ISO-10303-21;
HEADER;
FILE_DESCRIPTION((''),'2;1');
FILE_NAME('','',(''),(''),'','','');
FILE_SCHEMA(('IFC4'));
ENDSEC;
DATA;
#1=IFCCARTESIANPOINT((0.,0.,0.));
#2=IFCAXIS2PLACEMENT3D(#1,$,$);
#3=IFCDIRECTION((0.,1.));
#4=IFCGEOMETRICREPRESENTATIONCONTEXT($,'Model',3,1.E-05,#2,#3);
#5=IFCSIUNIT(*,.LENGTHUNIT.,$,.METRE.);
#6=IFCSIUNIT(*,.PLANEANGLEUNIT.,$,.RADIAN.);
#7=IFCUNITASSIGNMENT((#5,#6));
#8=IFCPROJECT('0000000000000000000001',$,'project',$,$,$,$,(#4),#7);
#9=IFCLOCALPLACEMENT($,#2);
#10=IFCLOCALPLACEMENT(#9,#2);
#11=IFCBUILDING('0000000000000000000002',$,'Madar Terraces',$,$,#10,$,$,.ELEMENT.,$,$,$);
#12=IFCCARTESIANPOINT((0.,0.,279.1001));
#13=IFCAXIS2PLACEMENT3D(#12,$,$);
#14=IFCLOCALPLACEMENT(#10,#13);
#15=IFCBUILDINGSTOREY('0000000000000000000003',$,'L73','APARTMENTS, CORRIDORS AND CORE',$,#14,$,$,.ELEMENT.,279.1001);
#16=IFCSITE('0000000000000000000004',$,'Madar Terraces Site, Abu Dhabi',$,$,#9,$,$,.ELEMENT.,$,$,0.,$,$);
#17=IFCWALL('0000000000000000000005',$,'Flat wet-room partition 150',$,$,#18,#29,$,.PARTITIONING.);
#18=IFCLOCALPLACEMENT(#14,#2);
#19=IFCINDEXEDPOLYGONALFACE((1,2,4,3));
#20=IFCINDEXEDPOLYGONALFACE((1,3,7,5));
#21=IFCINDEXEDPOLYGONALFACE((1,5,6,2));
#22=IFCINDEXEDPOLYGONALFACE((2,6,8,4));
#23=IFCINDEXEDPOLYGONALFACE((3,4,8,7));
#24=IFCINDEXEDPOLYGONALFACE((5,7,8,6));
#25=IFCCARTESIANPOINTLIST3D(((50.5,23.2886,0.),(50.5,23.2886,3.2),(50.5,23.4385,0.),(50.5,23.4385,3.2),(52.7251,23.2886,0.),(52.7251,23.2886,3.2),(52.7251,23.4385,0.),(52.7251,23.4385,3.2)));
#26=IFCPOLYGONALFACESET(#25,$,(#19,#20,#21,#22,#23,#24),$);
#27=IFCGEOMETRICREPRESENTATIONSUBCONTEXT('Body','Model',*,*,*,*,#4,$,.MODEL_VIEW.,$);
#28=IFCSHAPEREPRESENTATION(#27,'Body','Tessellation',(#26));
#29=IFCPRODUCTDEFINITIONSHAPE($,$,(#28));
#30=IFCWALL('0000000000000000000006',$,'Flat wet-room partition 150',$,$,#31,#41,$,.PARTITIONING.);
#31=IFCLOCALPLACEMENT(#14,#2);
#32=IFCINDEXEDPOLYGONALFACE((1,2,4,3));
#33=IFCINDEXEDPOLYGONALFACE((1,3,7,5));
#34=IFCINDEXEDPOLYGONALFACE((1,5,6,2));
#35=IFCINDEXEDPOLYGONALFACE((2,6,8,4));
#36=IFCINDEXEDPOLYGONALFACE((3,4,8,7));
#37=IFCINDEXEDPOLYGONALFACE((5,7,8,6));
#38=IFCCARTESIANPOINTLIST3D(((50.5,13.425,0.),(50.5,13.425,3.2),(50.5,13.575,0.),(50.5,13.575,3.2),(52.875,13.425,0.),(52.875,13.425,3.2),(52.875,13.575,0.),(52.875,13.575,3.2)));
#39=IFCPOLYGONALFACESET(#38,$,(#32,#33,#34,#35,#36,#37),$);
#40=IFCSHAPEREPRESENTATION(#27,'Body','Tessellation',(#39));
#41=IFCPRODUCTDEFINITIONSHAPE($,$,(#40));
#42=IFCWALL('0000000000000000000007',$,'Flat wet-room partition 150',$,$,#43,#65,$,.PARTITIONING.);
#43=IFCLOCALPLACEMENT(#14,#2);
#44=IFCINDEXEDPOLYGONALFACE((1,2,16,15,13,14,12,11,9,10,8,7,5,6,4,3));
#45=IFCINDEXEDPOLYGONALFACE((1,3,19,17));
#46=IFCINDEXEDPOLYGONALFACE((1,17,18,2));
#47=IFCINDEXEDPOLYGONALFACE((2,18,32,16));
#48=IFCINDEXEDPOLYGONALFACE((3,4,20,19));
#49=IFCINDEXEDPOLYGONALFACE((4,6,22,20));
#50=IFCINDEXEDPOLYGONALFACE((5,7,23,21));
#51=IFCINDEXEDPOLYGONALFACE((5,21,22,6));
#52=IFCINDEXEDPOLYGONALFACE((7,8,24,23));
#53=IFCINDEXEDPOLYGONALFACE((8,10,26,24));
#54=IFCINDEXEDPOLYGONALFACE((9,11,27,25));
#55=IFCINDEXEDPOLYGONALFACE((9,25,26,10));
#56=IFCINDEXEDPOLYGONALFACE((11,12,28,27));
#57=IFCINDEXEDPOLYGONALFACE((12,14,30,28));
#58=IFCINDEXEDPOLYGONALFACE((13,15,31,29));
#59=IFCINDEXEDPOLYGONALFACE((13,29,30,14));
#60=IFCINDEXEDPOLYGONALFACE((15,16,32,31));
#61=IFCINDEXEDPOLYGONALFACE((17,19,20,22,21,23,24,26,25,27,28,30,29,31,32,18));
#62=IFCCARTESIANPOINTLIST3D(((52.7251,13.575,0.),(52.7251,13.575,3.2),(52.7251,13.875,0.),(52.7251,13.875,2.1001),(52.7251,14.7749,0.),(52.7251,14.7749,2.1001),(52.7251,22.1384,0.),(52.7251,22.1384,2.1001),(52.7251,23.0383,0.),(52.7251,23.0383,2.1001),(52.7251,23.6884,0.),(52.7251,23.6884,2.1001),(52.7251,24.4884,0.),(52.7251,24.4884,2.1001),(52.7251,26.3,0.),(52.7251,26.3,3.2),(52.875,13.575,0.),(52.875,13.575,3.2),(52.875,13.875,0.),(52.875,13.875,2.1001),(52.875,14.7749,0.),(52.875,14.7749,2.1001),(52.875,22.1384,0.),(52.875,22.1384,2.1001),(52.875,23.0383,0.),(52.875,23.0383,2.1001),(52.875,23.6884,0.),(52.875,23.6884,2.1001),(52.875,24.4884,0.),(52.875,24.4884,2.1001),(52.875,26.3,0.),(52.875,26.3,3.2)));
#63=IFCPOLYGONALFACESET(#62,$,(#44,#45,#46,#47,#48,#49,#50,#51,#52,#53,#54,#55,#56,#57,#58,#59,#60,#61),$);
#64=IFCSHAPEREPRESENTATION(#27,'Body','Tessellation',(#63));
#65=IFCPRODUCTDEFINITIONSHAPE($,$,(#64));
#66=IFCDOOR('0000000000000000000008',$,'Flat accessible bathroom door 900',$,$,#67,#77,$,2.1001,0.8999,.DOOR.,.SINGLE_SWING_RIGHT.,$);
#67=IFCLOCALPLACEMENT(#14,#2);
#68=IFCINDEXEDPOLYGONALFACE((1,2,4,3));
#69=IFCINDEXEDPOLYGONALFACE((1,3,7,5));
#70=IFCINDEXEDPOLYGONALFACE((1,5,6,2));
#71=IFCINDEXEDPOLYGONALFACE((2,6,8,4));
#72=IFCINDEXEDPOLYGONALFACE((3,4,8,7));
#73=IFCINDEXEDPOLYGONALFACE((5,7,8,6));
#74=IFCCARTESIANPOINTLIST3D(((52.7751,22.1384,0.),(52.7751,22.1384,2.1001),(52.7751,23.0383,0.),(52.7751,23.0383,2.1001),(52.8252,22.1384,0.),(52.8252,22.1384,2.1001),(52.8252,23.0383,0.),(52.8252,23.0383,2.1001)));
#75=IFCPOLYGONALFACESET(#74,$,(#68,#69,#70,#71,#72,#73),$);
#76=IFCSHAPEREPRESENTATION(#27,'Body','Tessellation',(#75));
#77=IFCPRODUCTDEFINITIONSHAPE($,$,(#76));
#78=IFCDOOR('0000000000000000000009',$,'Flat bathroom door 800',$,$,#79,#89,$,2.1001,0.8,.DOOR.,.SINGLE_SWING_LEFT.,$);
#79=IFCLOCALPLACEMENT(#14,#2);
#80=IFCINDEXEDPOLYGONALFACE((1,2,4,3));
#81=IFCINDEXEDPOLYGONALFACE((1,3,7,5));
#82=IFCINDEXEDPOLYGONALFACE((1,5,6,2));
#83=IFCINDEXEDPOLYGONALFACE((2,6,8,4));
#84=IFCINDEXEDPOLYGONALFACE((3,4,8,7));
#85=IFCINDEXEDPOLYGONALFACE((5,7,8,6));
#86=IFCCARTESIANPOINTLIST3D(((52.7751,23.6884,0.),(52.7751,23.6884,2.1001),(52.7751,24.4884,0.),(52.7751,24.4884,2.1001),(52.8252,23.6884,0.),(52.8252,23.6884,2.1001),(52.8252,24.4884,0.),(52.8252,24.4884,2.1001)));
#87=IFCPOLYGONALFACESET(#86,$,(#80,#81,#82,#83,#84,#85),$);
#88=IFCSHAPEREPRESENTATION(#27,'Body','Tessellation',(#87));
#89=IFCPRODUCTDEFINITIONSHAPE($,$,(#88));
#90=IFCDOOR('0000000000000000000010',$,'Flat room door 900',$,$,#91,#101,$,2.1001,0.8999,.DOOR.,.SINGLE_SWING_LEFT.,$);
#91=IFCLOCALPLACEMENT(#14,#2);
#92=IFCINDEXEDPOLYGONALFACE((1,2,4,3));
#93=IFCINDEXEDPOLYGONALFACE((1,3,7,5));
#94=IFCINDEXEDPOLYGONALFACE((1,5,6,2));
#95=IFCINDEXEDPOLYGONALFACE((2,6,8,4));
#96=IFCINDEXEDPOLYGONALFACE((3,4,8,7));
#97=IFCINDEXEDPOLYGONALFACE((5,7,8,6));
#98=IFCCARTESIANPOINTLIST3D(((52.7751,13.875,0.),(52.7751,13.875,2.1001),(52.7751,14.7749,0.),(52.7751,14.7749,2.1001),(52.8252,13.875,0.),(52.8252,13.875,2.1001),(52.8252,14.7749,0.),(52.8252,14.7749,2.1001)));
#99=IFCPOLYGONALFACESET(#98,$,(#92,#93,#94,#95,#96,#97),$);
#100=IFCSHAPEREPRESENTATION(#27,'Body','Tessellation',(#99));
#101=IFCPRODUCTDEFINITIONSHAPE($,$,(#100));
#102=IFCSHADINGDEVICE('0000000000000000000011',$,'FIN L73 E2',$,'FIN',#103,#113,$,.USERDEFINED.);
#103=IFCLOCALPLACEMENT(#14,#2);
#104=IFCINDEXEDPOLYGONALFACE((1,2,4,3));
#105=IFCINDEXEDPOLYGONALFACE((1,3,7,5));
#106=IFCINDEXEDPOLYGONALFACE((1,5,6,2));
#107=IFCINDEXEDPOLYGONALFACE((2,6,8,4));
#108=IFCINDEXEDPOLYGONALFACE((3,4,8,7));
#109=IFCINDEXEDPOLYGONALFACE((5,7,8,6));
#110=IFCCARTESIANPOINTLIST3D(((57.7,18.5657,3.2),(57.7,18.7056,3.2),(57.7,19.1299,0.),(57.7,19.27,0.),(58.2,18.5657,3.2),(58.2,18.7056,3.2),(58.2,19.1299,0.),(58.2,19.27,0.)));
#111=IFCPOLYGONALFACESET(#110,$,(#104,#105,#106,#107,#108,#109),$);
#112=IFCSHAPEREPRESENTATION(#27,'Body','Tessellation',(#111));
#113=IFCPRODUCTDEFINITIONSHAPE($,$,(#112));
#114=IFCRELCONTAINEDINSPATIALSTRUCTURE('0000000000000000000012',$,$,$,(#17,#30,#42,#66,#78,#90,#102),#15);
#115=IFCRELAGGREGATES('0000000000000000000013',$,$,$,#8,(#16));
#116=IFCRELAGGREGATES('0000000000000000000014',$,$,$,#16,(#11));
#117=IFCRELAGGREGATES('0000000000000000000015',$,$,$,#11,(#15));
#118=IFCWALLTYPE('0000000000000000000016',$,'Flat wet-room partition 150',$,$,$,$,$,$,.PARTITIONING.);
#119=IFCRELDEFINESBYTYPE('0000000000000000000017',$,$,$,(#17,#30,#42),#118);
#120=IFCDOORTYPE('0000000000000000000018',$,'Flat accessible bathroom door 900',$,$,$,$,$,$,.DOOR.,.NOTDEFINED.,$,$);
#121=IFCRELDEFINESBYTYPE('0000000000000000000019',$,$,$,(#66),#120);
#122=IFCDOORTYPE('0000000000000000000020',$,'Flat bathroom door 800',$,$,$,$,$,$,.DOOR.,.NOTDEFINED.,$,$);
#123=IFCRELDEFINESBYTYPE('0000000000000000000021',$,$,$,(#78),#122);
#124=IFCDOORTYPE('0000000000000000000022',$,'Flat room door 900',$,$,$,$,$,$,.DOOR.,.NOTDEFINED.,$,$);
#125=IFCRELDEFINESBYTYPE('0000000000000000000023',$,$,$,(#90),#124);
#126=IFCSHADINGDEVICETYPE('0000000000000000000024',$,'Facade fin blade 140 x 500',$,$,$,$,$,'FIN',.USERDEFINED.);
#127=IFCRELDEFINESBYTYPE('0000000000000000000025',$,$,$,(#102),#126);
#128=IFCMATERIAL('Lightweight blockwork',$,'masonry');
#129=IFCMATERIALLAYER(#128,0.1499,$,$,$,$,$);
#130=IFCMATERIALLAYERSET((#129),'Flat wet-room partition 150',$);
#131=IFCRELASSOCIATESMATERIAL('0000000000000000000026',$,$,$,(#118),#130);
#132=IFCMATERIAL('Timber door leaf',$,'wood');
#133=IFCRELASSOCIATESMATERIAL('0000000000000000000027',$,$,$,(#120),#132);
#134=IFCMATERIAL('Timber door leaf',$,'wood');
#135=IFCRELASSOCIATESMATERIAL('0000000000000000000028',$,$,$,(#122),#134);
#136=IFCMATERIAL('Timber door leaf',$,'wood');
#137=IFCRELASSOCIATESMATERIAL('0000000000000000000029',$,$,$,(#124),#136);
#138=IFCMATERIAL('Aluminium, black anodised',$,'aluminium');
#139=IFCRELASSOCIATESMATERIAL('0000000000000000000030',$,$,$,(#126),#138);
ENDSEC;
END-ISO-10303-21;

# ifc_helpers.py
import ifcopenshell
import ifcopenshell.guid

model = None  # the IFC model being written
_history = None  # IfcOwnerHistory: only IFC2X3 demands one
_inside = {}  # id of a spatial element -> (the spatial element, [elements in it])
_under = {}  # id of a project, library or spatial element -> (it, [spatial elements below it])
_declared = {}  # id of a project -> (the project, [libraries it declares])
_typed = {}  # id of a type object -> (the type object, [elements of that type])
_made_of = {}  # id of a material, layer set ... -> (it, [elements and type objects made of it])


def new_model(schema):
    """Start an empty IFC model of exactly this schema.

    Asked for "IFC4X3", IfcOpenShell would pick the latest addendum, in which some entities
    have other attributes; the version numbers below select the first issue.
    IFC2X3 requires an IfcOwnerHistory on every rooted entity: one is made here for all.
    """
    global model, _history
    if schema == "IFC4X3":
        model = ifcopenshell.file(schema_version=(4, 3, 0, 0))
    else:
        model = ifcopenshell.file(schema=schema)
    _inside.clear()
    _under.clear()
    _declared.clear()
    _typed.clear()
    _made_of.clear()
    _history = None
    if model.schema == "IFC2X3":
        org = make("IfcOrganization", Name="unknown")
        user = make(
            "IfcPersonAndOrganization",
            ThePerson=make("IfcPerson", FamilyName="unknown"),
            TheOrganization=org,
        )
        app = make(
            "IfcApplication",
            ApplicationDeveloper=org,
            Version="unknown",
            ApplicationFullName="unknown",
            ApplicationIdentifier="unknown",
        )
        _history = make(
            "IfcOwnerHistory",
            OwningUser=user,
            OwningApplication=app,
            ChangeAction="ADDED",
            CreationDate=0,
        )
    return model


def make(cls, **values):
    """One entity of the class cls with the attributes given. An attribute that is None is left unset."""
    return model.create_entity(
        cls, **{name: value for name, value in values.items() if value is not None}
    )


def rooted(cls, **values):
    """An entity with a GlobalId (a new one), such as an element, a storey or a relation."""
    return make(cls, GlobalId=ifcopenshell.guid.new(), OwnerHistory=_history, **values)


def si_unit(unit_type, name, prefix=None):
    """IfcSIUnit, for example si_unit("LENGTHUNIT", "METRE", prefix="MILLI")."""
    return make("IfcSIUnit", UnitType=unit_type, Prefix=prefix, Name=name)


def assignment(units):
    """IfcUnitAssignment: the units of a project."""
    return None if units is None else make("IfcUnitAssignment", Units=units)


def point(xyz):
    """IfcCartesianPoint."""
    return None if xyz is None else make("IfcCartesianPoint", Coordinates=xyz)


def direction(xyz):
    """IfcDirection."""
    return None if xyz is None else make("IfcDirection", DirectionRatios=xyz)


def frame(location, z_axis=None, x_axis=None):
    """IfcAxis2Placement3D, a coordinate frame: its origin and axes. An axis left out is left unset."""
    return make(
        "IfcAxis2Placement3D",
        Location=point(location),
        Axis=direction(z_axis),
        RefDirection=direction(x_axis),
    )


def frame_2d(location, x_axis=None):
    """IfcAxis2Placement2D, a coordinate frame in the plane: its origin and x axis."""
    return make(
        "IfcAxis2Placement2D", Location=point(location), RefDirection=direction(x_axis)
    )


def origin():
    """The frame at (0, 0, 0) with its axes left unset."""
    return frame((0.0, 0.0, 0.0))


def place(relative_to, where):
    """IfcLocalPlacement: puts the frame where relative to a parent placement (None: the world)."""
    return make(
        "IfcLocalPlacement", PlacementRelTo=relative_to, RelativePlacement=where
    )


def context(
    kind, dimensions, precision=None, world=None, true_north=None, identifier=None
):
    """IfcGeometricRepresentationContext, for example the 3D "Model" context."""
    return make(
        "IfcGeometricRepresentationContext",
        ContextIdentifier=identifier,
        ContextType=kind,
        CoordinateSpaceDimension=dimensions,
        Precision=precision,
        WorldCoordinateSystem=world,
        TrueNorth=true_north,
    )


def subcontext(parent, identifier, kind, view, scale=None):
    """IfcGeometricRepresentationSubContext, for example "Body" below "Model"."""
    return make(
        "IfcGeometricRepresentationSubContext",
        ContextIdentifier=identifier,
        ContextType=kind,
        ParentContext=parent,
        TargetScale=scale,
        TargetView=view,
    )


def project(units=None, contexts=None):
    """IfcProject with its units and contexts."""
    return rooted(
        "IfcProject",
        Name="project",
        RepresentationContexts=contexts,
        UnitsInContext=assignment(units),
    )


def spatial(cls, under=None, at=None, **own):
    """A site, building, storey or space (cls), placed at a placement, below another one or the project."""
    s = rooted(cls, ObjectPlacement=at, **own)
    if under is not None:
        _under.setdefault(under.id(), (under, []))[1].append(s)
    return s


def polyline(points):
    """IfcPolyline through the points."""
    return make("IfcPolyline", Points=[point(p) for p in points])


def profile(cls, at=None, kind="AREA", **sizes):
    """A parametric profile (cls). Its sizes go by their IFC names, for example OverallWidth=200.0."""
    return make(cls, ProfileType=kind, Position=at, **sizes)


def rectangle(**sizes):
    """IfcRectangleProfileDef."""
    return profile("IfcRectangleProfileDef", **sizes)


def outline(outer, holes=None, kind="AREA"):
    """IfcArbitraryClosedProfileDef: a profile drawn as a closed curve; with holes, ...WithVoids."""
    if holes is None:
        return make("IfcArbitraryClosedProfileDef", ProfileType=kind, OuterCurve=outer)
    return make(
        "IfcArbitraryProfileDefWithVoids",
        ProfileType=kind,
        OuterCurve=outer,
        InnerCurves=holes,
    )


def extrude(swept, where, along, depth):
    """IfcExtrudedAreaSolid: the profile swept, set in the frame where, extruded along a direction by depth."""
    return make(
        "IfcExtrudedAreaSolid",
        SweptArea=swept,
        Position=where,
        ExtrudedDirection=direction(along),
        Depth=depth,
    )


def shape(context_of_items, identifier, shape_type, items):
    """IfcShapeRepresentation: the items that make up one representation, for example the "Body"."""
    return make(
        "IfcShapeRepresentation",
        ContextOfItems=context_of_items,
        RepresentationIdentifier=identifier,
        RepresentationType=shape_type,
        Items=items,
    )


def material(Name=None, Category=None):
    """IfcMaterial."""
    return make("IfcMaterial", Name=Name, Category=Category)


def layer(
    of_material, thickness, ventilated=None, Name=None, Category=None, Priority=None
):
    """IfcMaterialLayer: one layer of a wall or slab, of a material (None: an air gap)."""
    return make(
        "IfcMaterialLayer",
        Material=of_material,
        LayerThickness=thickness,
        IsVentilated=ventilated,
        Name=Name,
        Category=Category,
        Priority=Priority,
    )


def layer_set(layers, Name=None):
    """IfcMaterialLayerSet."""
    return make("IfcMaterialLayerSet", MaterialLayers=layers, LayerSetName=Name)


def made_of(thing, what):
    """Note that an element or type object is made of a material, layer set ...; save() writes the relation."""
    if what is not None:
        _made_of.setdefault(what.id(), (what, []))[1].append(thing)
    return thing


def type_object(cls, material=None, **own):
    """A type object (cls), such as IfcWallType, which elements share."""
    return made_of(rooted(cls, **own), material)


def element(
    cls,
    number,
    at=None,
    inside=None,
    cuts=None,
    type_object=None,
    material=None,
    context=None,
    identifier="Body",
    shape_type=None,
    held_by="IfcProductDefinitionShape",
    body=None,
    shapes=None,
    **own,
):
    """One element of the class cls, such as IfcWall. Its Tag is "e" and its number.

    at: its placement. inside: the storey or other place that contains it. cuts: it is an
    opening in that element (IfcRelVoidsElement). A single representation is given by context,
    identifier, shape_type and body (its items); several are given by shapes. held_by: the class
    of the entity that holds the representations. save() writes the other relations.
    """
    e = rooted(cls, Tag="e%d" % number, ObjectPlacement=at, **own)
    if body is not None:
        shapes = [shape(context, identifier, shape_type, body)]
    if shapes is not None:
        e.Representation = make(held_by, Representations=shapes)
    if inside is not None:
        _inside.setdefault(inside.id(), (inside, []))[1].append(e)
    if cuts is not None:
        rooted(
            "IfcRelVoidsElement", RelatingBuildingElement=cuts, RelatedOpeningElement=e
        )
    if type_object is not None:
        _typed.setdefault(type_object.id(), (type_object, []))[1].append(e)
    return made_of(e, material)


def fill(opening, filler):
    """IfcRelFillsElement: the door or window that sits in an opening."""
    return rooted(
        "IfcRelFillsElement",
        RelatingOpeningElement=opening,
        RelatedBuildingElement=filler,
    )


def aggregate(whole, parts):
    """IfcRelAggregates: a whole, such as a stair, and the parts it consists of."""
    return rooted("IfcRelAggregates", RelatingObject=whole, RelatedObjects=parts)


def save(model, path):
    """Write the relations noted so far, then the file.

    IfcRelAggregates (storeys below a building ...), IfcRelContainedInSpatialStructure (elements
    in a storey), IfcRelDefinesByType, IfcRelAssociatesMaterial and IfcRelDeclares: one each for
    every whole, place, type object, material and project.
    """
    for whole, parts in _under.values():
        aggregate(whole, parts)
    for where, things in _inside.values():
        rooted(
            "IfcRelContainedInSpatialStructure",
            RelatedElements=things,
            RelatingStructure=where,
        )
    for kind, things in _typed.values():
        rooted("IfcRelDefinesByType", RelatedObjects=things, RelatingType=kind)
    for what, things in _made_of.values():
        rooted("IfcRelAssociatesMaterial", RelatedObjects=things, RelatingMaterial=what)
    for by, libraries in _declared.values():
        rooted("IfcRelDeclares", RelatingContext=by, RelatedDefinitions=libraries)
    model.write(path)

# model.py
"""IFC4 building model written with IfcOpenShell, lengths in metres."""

from ifc_helpers import new_model, si_unit, direction, frame, frame_2d, origin, place, context, subcontext, project, spatial, polyline, rectangle, outline, extrude, material, layer, layer_set, type_object, element, fill, save


model = new_model("IFC4")

# Units and contexts
model_context = context("Model", 3, precision=1e-05, world=origin(), true_north=direction((0.0, 1.0)))
body_context = subcontext(model_context, "Body", "Model", "MODEL_VIEW")
ifc_project = project(units=[si_unit("LENGTHUNIT", "METRE"), si_unit("PLANEANGLEUNIT", "RADIAN")], contexts=[model_context])

# Site, building, storey
site_placement = place(None, origin())
site = spatial("IfcSite", under=ifc_project, at=site_placement, Name="Madar Terraces Site, Abu Dhabi", CompositionType="ELEMENT", RefElevation=0.0)
building_placement = place(site_placement, origin())
building = spatial("IfcBuilding", under=site, at=building_placement, Name="Madar Terraces", CompositionType="ELEMENT")
storey_placement = place(building_placement, frame((0.0, 0.0, 279.1001)))
storey = spatial("IfcBuildingStorey", under=building, at=storey_placement, Name="L73", Description="APARTMENTS, CORRIDORS AND CORE", CompositionType="ELEMENT", Elevation=279.1001)

# Walls
ifc_material_1 = material(Name="Lightweight blockwork", Category="masonry")
ifc_layer_1 = layer(ifc_material_1, 0.1499)
ifc_layer_set_1 = layer_set([ifc_layer_1], Name="Flat wet-room partition 150")
wall_type_1 = type_object("IfcWallType", Name="Flat wet-room partition 150", PredefinedType="PARTITIONING", material=ifc_layer_set_1)
for number, where, z_axis, x_axis, name in (
    (1, (50.5, 23.3635, 0.0), (0.0, 0.0, 1.0), (1.0, 0.0, 0.0), "Flat wet-room partition 150"),
):
    element("IfcWall", number, at=place(storey_placement, frame(where, z_axis=z_axis, x_axis=x_axis)), inside=storey, type_object=wall_type_1, Name=name, PredefinedType="PARTITIONING", context=body_context, shape_type="SweptSolid", body=[
        extrude(rectangle(XDim=2.2251, YDim=0.1499, at=frame_2d((1.1125, 0.0))), origin(), (0.0, 0.0, 1.0), 3.2),
    ])
wall_1_placement = place(storey_placement, frame((50.5, 13.5, 0.0), z_axis=(0.0, 0.0, 1.0), x_axis=(1.0, 0.0, 0.0)))
element("IfcWall", 2, at=wall_1_placement, inside=storey, type_object=wall_type_1, Name="Flat wet-room partition 150", PredefinedType="PARTITIONING", context=body_context, shape_type="SweptSolid", body=[
    extrude(rectangle(XDim=2.375, YDim=0.1499, at=frame_2d((1.1875, 0.0))), origin(), (0.0, 0.0, 1.0), 3.2),
])

# Wall, openings, doors
wall_2_placement = place(storey_placement, frame((52.8, 13.575, 0.0), z_axis=(0.0, 0.0, 1.0), x_axis=(0.0, 1.0, 0.0)))
wall_2 = element("IfcWall", 3, at=wall_2_placement, inside=storey, type_object=wall_type_1, Name="Flat wet-room partition 150", PredefinedType="PARTITIONING", context=body_context, shape_type="SweptSolid", body=[
    extrude(rectangle(XDim=12.7251, YDim=0.1499, at=frame_2d((6.3625, 0.0))), origin(), (0.0, 0.0, 1.0), 3.2),
])
opening_1_placement = place(wall_2_placement, frame((0.3, 0.0, 0.0)))
opening_1 = element("IfcOpeningElement", 4, at=opening_1_placement, cuts=wall_2, PredefinedType="OPENING", context=body_context, shape_type="SweptSolid", body=[
    extrude(rectangle(XDim=0.8999, YDim=2.1001, at=frame_2d((0.45, 1.05))), frame((0.0, 0.085, 0.0), z_axis=(0.0, -1.0, 0.0), x_axis=(1.0, 0.0, 0.0)), (0.0, 0.0, 1.0), 0.1699),
])
opening_2_placement = place(wall_2_placement, frame((8.5635, 0.0, 0.0)))
opening_2 = element("IfcOpeningElement", 5, at=opening_2_placement, cuts=wall_2, PredefinedType="OPENING", context=body_context, shape_type="SweptSolid", body=[
    extrude(rectangle(XDim=0.8999, YDim=2.1001, at=frame_2d((0.45, 1.05))), frame((0.0, 0.085, 0.0), z_axis=(0.0, -1.0, 0.0), x_axis=(1.0, 0.0, 0.0)), (0.0, 0.0, 1.0), 0.1699),
])
opening_3_placement = place(wall_2_placement, frame((10.1135, 0.0, 0.0)))
opening_3 = element("IfcOpeningElement", 6, at=opening_3_placement, cuts=wall_2, PredefinedType="OPENING", context=body_context, shape_type="SweptSolid", body=[
    extrude(rectangle(XDim=0.8, YDim=2.1001, at=frame_2d((0.3999, 1.05))), frame((0.0, 0.085, 0.0), z_axis=(0.0, -1.0, 0.0), x_axis=(1.0, 0.0, 0.0)), (0.0, 0.0, 1.0), 0.1699),
])
ifc_material_2 = material(Name="Timber door leaf", Category="wood")
door_type_1 = type_object("IfcDoorType", Name="Flat accessible bathroom door 900", OperationType="NOTDEFINED", PredefinedType="DOOR", material=ifc_material_2)
door_1_placement = place(opening_2_placement, origin())
door_1 = element("IfcDoor", 7, at=door_1_placement, inside=storey, type_object=door_type_1, Name="Flat accessible bathroom door 900", OperationType="SINGLE_SWING_RIGHT", OverallHeight=2.1001, OverallWidth=0.8999, PredefinedType="DOOR", context=body_context, shape_type="SweptSolid", body=[
    extrude(rectangle(XDim=0.8999, YDim=2.1001, at=frame_2d((0.45, 1.05))), frame((0.0, 0.0249, 0.0), z_axis=(0.0, -1.0, 0.0), x_axis=(1.0, 0.0, 0.0)), (0.0, 0.0, 1.0), 0.05),
])
fill(opening_2, door_1)
ifc_material_3 = material(Name="Timber door leaf", Category="wood")
door_type_2 = type_object("IfcDoorType", Name="Flat bathroom door 800", OperationType="NOTDEFINED", PredefinedType="DOOR", material=ifc_material_3)
door_2_placement = place(opening_3_placement, origin())
door_2 = element("IfcDoor", 8, at=door_2_placement, inside=storey, type_object=door_type_2, Name="Flat bathroom door 800", OperationType="SINGLE_SWING_LEFT", OverallHeight=2.1001, OverallWidth=0.8, PredefinedType="DOOR", context=body_context, shape_type="SweptSolid", body=[
    extrude(rectangle(XDim=0.8, YDim=2.1001, at=frame_2d((0.3999, 1.05))), frame((0.0, 0.0249, 0.0), z_axis=(0.0, -1.0, 0.0), x_axis=(1.0, 0.0, 0.0)), (0.0, 0.0, 1.0), 0.05),
])
fill(opening_3, door_2)
ifc_material_4 = material(Name="Timber door leaf", Category="wood")
door_type_3 = type_object("IfcDoorType", Name="Flat room door 900", OperationType="NOTDEFINED", PredefinedType="DOOR", material=ifc_material_4)
door_3_placement = place(opening_1_placement, origin())
door_3 = element("IfcDoor", 9, at=door_3_placement, inside=storey, type_object=door_type_3, Name="Flat room door 900", OperationType="SINGLE_SWING_LEFT", OverallHeight=2.1001, OverallWidth=0.8999, PredefinedType="DOOR", context=body_context, shape_type="SweptSolid", body=[
    extrude(rectangle(XDim=0.8999, YDim=2.1001, at=frame_2d((0.45, 1.05))), frame((0.0, 0.0249, 0.0), z_axis=(0.0, -1.0, 0.0), x_axis=(1.0, 0.0, 0.0)), (0.0, 0.0, 1.0), 0.05),
])
fill(opening_1, door_3)

# Shading device
ifc_material_5 = material(Name="Aluminium, black anodised", Category="aluminium")
shading_device_type = type_object("IfcShadingDeviceType", Name="Facade fin blade 140 x 500", ElementType="FIN", PredefinedType="USERDEFINED", material=ifc_material_5)
shading_device_placement = place(storey_placement, frame((57.95, 19.1299, 0.0), z_axis=(0.0, 0.0, 1.0), x_axis=(0.0, 1.0, 0.0)))
element("IfcShadingDevice", 10, at=shading_device_placement, inside=storey, type_object=shading_device_type, Name="FIN L73 E2", ObjectType="FIN", PredefinedType="USERDEFINED", context=body_context, shape_type="SweptSolid", body=[
    extrude(outline(polyline([(0.0, 0.0), (0.1401, 0.0), (-0.4243, 3.2), (-0.5642, 3.2), (0.0, 0.0)])), frame((0.0, 0.25, 0.0), z_axis=(0.0, -1.0, 0.0), x_axis=(1.0, 0.0, 0.0)), (0.0, 0.0, 1.0), 0.5),
])

save(model, "model.ifc")
